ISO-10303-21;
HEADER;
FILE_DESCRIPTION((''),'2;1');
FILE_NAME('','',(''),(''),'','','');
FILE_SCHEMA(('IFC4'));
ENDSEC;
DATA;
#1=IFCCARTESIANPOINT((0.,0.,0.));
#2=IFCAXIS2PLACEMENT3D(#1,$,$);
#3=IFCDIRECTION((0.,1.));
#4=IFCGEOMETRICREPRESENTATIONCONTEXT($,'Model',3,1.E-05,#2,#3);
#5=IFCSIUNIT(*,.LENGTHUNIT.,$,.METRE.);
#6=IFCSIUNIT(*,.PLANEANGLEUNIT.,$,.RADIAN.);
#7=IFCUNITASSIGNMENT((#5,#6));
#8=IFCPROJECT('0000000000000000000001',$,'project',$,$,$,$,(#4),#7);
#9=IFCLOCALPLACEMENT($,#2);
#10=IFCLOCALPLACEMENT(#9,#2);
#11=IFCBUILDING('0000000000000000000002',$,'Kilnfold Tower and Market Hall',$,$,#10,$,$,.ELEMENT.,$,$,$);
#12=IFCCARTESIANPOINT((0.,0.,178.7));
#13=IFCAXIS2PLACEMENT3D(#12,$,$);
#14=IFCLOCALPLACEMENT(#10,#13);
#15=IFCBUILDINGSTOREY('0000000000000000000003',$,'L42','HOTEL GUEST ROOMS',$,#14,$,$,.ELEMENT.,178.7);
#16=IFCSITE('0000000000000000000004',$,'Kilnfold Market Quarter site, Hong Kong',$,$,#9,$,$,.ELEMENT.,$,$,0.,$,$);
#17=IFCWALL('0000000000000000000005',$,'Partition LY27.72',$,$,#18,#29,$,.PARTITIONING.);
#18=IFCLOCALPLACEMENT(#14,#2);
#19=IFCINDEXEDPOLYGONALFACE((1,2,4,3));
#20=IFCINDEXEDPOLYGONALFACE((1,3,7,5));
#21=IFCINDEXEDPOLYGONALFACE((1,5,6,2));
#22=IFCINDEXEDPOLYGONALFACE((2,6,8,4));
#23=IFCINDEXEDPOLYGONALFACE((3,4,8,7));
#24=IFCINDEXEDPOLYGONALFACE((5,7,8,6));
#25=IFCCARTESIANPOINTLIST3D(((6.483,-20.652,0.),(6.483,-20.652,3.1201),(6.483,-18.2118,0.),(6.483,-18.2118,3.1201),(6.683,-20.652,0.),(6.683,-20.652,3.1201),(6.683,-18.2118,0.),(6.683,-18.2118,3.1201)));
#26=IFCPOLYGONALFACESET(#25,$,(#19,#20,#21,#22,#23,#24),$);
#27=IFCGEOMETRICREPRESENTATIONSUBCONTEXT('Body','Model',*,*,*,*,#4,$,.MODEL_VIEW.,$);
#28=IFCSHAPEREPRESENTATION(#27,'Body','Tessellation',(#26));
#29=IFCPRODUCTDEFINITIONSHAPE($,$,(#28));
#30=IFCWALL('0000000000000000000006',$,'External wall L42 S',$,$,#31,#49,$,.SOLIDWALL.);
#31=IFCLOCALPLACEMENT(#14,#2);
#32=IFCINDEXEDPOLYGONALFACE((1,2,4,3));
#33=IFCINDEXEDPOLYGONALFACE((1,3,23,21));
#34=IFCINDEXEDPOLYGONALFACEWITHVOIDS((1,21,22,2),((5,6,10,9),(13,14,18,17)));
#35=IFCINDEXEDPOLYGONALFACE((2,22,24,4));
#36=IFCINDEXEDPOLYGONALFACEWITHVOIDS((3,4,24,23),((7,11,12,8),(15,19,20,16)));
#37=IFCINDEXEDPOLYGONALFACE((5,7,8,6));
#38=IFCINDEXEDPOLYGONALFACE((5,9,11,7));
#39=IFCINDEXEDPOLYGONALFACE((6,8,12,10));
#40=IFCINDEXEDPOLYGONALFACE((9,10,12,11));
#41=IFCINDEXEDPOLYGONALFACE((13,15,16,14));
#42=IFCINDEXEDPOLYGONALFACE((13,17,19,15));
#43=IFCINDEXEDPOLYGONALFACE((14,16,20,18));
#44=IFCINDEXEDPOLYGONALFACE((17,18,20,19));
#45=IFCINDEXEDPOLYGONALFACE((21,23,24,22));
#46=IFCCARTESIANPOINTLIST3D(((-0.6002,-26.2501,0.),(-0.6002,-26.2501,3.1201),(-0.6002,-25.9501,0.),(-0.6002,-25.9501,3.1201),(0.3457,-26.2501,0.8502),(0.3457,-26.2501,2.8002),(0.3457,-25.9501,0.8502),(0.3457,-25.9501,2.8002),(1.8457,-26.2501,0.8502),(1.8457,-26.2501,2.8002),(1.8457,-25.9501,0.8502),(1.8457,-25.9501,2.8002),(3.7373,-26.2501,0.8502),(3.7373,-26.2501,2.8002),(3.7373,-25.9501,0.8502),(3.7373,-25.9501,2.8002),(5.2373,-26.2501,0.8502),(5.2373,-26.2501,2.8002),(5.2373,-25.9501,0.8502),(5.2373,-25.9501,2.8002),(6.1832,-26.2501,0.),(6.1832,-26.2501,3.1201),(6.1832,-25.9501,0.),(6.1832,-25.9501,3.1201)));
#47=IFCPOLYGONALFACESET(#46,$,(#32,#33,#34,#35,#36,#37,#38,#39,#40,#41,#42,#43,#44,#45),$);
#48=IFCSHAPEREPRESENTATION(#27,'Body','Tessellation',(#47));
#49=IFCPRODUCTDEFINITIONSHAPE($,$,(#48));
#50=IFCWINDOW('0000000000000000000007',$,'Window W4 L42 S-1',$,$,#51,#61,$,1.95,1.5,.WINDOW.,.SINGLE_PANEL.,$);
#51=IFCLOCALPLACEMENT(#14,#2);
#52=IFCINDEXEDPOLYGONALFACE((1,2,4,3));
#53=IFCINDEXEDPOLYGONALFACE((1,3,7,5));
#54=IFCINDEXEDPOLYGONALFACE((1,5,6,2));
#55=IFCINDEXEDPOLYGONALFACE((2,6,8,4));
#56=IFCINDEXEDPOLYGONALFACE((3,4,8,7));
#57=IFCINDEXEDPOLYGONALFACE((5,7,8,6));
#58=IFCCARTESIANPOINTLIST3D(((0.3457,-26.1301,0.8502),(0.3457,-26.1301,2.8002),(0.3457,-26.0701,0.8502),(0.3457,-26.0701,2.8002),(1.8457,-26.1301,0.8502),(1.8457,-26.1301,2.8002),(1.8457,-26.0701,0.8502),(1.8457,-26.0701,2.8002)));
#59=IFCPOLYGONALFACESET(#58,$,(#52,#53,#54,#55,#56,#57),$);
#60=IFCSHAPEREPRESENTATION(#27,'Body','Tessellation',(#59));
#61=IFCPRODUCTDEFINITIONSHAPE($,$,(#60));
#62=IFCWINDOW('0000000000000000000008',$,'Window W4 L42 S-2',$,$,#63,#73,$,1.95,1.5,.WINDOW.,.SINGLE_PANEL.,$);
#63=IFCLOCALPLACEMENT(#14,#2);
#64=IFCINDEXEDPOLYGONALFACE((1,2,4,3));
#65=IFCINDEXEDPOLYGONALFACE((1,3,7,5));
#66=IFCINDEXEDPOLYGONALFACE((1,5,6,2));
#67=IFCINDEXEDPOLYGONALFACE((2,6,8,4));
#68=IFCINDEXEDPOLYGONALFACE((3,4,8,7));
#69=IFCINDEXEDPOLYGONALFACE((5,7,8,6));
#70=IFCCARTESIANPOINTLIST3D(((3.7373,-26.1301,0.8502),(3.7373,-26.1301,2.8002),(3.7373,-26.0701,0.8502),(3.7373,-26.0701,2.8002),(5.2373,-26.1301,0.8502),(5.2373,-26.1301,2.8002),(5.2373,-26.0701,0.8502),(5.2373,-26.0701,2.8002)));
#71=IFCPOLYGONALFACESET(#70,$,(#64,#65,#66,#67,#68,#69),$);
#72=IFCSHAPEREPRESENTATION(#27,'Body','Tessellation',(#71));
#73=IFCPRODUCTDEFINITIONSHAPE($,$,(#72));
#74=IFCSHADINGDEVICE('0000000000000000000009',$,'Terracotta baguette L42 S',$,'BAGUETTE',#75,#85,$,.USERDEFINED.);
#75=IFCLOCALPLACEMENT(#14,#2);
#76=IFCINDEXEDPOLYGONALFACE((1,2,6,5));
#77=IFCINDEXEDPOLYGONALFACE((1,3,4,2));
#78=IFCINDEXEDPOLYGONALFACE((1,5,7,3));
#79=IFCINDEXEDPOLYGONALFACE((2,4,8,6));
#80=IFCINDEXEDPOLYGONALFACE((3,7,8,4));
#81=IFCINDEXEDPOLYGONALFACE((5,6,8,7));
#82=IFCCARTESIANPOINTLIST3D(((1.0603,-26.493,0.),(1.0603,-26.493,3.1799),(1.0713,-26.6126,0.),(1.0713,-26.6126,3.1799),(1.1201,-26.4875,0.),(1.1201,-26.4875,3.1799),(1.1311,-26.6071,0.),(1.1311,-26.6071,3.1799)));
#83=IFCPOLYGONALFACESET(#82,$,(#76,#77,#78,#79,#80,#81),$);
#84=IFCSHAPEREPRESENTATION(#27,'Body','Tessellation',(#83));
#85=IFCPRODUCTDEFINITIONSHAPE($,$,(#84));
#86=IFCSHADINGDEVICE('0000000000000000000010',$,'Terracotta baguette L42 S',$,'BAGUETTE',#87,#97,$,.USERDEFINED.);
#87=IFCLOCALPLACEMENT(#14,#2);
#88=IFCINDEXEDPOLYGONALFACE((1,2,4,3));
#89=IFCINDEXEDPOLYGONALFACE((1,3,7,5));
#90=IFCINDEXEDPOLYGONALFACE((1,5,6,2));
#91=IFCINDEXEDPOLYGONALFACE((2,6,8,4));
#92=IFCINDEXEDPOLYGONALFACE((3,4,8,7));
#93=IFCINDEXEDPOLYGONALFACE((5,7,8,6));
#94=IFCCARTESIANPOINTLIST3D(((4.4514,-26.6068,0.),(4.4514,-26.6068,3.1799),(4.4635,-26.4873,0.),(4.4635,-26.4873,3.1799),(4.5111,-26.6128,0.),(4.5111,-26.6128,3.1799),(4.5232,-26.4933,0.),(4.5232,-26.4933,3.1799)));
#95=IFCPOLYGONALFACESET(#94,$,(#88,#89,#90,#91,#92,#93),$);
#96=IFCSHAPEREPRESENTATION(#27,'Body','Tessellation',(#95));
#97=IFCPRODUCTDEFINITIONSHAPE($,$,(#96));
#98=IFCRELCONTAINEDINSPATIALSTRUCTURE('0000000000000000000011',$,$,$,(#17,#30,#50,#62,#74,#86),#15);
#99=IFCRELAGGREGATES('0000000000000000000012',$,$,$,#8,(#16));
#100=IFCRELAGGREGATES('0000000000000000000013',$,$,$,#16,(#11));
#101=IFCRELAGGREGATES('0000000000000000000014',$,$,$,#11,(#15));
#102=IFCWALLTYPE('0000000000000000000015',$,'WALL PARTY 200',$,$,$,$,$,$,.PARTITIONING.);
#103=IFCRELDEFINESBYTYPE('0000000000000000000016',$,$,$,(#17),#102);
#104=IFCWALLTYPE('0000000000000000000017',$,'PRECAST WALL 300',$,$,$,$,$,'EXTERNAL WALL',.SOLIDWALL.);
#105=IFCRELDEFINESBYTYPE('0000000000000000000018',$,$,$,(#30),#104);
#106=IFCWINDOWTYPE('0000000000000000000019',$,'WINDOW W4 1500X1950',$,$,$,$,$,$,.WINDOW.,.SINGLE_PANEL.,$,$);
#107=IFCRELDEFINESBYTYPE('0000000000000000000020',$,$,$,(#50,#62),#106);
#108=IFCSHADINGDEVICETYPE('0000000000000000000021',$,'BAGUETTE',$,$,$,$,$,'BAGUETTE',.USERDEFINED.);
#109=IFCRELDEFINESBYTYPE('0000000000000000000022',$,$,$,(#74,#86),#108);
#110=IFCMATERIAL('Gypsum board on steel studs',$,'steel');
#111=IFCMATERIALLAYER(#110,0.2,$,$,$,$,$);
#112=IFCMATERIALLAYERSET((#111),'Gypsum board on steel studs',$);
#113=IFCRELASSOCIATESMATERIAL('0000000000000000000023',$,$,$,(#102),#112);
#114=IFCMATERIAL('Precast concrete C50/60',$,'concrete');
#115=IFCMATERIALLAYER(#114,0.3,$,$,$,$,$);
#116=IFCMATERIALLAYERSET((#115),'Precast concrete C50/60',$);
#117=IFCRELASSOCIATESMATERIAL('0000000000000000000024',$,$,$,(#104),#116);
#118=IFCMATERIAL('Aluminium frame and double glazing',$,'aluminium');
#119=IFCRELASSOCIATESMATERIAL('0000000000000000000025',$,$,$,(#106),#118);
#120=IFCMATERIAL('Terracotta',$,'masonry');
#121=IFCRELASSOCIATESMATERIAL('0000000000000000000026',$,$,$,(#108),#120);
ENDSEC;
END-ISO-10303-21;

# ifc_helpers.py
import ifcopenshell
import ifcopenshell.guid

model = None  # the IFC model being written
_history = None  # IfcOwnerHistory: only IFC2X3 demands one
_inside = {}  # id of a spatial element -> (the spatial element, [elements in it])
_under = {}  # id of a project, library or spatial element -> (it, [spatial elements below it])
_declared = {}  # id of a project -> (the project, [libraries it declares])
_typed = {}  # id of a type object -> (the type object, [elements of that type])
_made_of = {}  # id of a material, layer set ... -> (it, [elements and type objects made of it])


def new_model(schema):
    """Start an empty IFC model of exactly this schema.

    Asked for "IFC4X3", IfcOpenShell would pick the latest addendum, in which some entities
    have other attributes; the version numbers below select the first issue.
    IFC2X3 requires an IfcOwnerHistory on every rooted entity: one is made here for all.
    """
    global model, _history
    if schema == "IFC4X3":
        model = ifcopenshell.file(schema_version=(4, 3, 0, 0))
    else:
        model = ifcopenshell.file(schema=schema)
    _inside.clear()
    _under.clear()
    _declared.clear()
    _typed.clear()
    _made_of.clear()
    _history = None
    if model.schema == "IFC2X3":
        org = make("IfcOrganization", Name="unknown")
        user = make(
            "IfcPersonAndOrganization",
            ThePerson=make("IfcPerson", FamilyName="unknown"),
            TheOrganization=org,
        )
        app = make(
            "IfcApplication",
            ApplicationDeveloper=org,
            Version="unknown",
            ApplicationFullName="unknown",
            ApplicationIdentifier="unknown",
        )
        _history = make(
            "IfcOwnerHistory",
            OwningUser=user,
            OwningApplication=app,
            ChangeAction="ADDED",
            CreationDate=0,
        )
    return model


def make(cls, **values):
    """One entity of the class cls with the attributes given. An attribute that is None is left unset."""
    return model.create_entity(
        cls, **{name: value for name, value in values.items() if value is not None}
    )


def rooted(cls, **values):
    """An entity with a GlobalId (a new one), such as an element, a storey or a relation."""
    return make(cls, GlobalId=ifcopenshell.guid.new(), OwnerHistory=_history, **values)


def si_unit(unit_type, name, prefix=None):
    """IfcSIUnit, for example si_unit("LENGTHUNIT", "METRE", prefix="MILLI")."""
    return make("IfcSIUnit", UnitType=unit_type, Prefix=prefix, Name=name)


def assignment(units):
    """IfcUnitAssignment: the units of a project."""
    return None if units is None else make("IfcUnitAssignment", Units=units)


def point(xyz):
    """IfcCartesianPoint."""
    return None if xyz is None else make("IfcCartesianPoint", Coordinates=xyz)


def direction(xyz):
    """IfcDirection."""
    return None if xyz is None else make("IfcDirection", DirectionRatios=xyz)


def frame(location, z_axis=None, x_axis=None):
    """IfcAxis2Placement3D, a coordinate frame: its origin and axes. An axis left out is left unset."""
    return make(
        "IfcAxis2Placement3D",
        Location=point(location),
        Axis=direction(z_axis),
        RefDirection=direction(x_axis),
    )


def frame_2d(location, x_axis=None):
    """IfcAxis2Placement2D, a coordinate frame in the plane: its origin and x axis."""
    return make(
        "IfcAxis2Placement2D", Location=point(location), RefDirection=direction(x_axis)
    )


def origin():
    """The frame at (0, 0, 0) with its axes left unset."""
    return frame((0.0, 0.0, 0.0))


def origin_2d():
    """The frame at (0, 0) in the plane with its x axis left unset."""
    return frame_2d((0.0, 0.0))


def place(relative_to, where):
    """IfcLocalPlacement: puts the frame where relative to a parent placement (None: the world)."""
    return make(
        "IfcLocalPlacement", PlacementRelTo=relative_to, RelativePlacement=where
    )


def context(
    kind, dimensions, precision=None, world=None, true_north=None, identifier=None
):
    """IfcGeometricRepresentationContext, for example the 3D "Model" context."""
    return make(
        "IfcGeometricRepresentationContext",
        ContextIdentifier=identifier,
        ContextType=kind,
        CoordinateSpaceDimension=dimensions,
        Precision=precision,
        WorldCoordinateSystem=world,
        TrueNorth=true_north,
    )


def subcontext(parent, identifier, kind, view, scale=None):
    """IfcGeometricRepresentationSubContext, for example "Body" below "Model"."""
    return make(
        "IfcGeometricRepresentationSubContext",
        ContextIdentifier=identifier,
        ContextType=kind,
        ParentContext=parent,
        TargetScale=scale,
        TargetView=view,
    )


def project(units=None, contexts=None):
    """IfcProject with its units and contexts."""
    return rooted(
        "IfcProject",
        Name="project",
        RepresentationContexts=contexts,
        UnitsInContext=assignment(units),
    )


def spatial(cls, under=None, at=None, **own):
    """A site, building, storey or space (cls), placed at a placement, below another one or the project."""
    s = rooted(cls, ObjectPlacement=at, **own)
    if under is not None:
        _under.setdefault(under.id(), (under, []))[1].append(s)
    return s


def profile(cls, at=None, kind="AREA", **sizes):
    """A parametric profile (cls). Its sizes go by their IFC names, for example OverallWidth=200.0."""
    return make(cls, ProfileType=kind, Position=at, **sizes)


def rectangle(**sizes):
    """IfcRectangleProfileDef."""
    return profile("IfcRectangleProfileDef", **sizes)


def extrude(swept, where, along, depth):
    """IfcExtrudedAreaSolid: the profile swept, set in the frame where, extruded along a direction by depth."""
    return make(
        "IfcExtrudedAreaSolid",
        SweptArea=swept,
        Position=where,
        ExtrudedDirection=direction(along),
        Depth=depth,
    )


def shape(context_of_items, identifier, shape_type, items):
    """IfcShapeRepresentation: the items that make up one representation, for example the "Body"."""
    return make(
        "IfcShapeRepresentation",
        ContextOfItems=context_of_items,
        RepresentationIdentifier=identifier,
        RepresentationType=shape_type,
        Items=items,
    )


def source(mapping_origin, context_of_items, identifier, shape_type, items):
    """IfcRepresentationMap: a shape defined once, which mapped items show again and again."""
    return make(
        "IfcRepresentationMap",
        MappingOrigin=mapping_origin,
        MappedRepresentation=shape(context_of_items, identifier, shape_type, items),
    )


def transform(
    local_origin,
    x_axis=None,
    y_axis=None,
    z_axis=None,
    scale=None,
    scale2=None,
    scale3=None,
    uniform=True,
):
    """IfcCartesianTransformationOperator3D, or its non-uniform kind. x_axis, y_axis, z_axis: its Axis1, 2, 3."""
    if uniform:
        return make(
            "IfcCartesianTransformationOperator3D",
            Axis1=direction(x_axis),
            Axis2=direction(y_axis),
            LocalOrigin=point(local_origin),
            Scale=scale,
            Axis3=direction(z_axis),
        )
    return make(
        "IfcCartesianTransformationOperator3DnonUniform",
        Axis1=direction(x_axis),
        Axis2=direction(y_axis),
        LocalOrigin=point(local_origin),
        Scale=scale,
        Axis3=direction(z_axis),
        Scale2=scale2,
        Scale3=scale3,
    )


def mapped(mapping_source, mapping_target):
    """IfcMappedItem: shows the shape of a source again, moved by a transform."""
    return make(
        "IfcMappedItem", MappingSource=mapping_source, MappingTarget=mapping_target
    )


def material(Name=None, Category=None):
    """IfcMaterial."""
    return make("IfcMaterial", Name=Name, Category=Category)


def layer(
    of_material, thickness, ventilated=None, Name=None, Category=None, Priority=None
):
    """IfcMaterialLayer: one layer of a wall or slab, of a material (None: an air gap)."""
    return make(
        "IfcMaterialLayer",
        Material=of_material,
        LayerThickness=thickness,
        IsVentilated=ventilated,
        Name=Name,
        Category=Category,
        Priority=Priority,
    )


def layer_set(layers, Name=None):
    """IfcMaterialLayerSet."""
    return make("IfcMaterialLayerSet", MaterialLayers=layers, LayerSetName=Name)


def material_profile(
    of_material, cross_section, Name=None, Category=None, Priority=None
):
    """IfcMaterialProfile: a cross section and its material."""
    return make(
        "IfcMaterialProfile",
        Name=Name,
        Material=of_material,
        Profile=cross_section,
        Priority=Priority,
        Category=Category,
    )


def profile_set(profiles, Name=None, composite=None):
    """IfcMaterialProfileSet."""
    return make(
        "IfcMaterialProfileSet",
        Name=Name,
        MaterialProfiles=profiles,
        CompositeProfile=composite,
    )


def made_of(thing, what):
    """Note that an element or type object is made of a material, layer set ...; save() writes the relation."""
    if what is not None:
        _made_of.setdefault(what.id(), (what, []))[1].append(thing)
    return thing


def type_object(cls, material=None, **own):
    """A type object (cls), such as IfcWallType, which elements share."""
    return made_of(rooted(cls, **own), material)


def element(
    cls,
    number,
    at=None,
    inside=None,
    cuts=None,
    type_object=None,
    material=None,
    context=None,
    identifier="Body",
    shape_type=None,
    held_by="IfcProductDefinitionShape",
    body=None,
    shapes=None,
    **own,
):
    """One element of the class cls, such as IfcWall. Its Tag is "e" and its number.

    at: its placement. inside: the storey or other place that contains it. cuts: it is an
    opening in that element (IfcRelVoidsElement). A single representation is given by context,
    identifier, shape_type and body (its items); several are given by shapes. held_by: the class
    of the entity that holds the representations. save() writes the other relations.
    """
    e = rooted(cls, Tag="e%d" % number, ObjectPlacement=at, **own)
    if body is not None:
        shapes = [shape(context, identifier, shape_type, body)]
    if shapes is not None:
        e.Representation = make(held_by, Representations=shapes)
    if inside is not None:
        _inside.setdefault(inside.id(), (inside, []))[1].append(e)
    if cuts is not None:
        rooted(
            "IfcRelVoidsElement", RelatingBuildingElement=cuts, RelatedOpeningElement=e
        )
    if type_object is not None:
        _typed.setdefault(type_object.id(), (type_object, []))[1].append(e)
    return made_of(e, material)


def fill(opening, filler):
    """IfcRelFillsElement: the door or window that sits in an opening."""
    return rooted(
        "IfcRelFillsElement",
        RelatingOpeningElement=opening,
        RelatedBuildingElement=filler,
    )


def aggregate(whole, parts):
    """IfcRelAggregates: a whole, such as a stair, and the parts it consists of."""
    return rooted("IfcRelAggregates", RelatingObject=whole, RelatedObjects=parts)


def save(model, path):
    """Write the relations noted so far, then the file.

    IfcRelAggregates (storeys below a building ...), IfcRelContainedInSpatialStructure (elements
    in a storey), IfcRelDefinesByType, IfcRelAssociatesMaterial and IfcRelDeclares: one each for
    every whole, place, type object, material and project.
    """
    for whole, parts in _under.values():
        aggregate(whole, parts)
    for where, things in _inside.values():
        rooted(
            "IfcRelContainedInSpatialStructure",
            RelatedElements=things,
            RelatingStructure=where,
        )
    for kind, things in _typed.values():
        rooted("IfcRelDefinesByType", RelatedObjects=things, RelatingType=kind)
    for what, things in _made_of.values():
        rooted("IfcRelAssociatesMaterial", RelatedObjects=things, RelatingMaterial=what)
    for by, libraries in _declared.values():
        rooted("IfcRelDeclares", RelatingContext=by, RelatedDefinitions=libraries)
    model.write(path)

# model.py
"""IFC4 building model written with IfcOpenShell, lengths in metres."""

from ifc_helpers import new_model, si_unit, direction, frame, frame_2d, origin, origin_2d, place, context, subcontext, project, spatial, rectangle, extrude, source, transform, mapped, material, layer, layer_set, material_profile, profile_set, type_object, element, fill, save


model = new_model("IFC4")

# Units and contexts
model_context = context("Model", 3, precision=1e-05, world=origin(), true_north=direction((0.0, 1.0)))
body_context = subcontext(model_context, "Body", "Model", "MODEL_VIEW")
ifc_project = project(units=[si_unit("LENGTHUNIT", "METRE"), si_unit("PLANEANGLEUNIT", "RADIAN")], contexts=[model_context])

# Site, building, storey
site_placement = place(None, origin())
site = spatial("IfcSite", under=ifc_project, at=site_placement, Name="Kilnfold Market Quarter site, Hong Kong", CompositionType="ELEMENT", RefElevation=0.0)
building_placement = place(site_placement, origin())
building = spatial("IfcBuilding", under=site, at=building_placement, Name="Kilnfold Tower and Market Hall", CompositionType="ELEMENT")
storey_placement = place(building_placement, frame((0.0, 0.0, 178.7)))
storey = spatial("IfcBuildingStorey", under=building, at=storey_placement, Name="L42", Description="HOTEL GUEST ROOMS", CompositionType="ELEMENT", Elevation=178.7)

# Wall
ifc_material_1 = material(Name="Gypsum board on steel studs", Category="steel")
ifc_layer_1 = layer(ifc_material_1, 0.2)
ifc_layer_set_1 = layer_set([ifc_layer_1], Name="Gypsum board on steel studs")
wall_type_1 = type_object("IfcWallType", Name="WALL PARTY 200", PredefinedType="PARTITIONING", material=ifc_layer_set_1)
wall_1_placement = place(storey_placement, frame((6.583, -20.6521, 0.0), z_axis=(0.0, 0.0, 1.0), x_axis=(0.0, 1.0, 0.0)))
element("IfcWall", 1, at=wall_1_placement, inside=storey, type_object=wall_type_1, Name="Partition LY27.72", PredefinedType="PARTITIONING", context=body_context, shape_type="SweptSolid", body=[
    extrude(rectangle(XDim=2.4402, YDim=0.2, at=frame_2d((1.2202, 0.0))), origin(), (0.0, 0.0, 1.0), 3.1201),
])

# Wall, openings, windows
ifc_material_2 = material(Name="Precast concrete C50/60", Category="concrete")
ifc_layer_2 = layer(ifc_material_2, 0.3)
ifc_layer_set_2 = layer_set([ifc_layer_2], Name="Precast concrete C50/60")
wall_type_2 = type_object("IfcWallType", Name="PRECAST WALL 300", ElementType="EXTERNAL WALL", PredefinedType="SOLIDWALL", material=ifc_layer_set_2)
shared_shape_1 = source(origin(), body_context, "Body", "SweptSolid", [
    extrude(rectangle(XDim=6.7834, YDim=0.3, at=frame_2d((3.3916, 0.0))), origin(), (0.0, 0.0, 1.0), 3.1201),
])
wall_2_placement = place(storey_placement, frame((-0.6001, -26.1001, 0.0), z_axis=(0.0, 0.0, 1.0), x_axis=(1.0, 0.0, 0.0)))
wall_2 = element("IfcWall", 2, at=wall_2_placement, inside=storey, type_object=wall_type_2, Name="External wall L42 S", PredefinedType="SOLIDWALL", context=body_context, shape_type="MappedRepresentation", body=[
    mapped(shared_shape_1, transform((0.0, 0.0, 0.0))),
])
opening_1_placement = place(wall_2_placement, frame((0.9458, 0.0, 0.8501)))
opening_1 = element("IfcOpeningElement", 3, at=opening_1_placement, cuts=wall_2, PredefinedType="OPENING", context=body_context, shape_type="SweptSolid", body=[
    extrude(rectangle(XDim=1.5, YDim=1.95, at=frame_2d((0.75, 0.9751))), frame((0.0, 0.1602, 0.0), z_axis=(0.0, -1.0, 0.0), x_axis=(1.0, 0.0, 0.0)), (0.0, 0.0, 1.0), 0.3201),
])
opening_2_placement = place(wall_2_placement, frame((4.3374, 0.0, 0.8501)))
opening_2 = element("IfcOpeningElement", 4, at=opening_2_placement, cuts=wall_2, PredefinedType="OPENING", context=body_context, shape_type="SweptSolid", body=[
    extrude(rectangle(XDim=1.5, YDim=1.95, at=frame_2d((0.75, 0.9751))), frame((0.0, 0.1602, 0.0), z_axis=(0.0, -1.0, 0.0), x_axis=(1.0, 0.0, 0.0)), (0.0, 0.0, 1.0), 0.3201),
])
ifc_material_3 = material(Name="Aluminium frame and double glazing", Category="aluminium")
window_type = type_object("IfcWindowType", Name="WINDOW W4 1500X1950", PartitioningType="SINGLE_PANEL", PredefinedType="WINDOW", material=ifc_material_3)
window_1_placement = place(opening_1_placement, origin())
window_1 = element("IfcWindow", 5, at=window_1_placement, inside=storey, type_object=window_type, Name="Window W4 L42 S-1", OverallHeight=1.95, OverallWidth=1.5, PartitioningType="SINGLE_PANEL", PredefinedType="WINDOW", context=body_context, shape_type="SweptSolid", body=[
    extrude(rectangle(XDim=1.5, YDim=1.95, at=frame_2d((0.75, 0.9751))), frame((0.0, 0.03, 0.0), z_axis=(0.0, -1.0, 0.0), x_axis=(1.0, 0.0, 0.0)), (0.0, 0.0, 1.0), 0.0601),
])
fill(opening_1, window_1)
window_2_placement = place(opening_2_placement, origin())
window_2 = element("IfcWindow", 6, at=window_2_placement, inside=storey, type_object=window_type, Name="Window W4 L42 S-2", OverallHeight=1.95, OverallWidth=1.5, PartitioningType="SINGLE_PANEL", PredefinedType="WINDOW", context=body_context, shape_type="SweptSolid", body=[
    extrude(rectangle(XDim=1.5, YDim=1.95, at=frame_2d((0.75, 0.9751))), frame((0.0, 0.03, 0.0), z_axis=(0.0, -1.0, 0.0), x_axis=(1.0, 0.0, 0.0)), (0.0, 0.0, 1.0), 0.0601),
])
fill(opening_2, window_2)

# Shading devices
ifc_material_4 = material(Name="Terracotta", Category="masonry")
ifc_material_profile_1 = material_profile(ifc_material_4, rectangle(XDim=0.0601, YDim=0.1201, at=origin_2d()), Name="BAG 60x120")
ifc_profile_set_1 = profile_set([ifc_material_profile_1], Name="Terracotta")
shading_device_type = type_object("IfcShadingDeviceType", Name="BAGUETTE", ElementType="BAGUETTE", PredefinedType="USERDEFINED", material=ifc_profile_set_1)
shared_shape_2 = source(origin(), body_context, "Body", "SweptSolid", [
    extrude(rectangle(XDim=0.0601, YDim=0.1201, at=origin_2d()), origin(), (0.0, 0.0, 1.0), 3.1799),
])
for number, where, z_axis, x_axis, name in (
    (7, (1.0957, -26.55, 0.0), (0.0, 0.0, 1.0), (0.995843, 0.091086, 0.0), "Terracotta baguette L42 S"),
    (8, (4.4873, -26.55, 0.0), (0.0, 0.0, 1.0), (0.994888, -0.100985, 0.0), "Terracotta baguette L42 S"),
):
    element("IfcShadingDevice", number, at=place(storey_placement, frame(where, z_axis=z_axis, x_axis=x_axis)), inside=storey, type_object=shading_device_type, Name=name, ObjectType="BAGUETTE", PredefinedType="USERDEFINED", context=body_context, shape_type="MappedRepresentation", body=[
        mapped(shared_shape_2, transform((0.0, 0.0, 0.0))),
    ])

save(model, "model.ifc")
